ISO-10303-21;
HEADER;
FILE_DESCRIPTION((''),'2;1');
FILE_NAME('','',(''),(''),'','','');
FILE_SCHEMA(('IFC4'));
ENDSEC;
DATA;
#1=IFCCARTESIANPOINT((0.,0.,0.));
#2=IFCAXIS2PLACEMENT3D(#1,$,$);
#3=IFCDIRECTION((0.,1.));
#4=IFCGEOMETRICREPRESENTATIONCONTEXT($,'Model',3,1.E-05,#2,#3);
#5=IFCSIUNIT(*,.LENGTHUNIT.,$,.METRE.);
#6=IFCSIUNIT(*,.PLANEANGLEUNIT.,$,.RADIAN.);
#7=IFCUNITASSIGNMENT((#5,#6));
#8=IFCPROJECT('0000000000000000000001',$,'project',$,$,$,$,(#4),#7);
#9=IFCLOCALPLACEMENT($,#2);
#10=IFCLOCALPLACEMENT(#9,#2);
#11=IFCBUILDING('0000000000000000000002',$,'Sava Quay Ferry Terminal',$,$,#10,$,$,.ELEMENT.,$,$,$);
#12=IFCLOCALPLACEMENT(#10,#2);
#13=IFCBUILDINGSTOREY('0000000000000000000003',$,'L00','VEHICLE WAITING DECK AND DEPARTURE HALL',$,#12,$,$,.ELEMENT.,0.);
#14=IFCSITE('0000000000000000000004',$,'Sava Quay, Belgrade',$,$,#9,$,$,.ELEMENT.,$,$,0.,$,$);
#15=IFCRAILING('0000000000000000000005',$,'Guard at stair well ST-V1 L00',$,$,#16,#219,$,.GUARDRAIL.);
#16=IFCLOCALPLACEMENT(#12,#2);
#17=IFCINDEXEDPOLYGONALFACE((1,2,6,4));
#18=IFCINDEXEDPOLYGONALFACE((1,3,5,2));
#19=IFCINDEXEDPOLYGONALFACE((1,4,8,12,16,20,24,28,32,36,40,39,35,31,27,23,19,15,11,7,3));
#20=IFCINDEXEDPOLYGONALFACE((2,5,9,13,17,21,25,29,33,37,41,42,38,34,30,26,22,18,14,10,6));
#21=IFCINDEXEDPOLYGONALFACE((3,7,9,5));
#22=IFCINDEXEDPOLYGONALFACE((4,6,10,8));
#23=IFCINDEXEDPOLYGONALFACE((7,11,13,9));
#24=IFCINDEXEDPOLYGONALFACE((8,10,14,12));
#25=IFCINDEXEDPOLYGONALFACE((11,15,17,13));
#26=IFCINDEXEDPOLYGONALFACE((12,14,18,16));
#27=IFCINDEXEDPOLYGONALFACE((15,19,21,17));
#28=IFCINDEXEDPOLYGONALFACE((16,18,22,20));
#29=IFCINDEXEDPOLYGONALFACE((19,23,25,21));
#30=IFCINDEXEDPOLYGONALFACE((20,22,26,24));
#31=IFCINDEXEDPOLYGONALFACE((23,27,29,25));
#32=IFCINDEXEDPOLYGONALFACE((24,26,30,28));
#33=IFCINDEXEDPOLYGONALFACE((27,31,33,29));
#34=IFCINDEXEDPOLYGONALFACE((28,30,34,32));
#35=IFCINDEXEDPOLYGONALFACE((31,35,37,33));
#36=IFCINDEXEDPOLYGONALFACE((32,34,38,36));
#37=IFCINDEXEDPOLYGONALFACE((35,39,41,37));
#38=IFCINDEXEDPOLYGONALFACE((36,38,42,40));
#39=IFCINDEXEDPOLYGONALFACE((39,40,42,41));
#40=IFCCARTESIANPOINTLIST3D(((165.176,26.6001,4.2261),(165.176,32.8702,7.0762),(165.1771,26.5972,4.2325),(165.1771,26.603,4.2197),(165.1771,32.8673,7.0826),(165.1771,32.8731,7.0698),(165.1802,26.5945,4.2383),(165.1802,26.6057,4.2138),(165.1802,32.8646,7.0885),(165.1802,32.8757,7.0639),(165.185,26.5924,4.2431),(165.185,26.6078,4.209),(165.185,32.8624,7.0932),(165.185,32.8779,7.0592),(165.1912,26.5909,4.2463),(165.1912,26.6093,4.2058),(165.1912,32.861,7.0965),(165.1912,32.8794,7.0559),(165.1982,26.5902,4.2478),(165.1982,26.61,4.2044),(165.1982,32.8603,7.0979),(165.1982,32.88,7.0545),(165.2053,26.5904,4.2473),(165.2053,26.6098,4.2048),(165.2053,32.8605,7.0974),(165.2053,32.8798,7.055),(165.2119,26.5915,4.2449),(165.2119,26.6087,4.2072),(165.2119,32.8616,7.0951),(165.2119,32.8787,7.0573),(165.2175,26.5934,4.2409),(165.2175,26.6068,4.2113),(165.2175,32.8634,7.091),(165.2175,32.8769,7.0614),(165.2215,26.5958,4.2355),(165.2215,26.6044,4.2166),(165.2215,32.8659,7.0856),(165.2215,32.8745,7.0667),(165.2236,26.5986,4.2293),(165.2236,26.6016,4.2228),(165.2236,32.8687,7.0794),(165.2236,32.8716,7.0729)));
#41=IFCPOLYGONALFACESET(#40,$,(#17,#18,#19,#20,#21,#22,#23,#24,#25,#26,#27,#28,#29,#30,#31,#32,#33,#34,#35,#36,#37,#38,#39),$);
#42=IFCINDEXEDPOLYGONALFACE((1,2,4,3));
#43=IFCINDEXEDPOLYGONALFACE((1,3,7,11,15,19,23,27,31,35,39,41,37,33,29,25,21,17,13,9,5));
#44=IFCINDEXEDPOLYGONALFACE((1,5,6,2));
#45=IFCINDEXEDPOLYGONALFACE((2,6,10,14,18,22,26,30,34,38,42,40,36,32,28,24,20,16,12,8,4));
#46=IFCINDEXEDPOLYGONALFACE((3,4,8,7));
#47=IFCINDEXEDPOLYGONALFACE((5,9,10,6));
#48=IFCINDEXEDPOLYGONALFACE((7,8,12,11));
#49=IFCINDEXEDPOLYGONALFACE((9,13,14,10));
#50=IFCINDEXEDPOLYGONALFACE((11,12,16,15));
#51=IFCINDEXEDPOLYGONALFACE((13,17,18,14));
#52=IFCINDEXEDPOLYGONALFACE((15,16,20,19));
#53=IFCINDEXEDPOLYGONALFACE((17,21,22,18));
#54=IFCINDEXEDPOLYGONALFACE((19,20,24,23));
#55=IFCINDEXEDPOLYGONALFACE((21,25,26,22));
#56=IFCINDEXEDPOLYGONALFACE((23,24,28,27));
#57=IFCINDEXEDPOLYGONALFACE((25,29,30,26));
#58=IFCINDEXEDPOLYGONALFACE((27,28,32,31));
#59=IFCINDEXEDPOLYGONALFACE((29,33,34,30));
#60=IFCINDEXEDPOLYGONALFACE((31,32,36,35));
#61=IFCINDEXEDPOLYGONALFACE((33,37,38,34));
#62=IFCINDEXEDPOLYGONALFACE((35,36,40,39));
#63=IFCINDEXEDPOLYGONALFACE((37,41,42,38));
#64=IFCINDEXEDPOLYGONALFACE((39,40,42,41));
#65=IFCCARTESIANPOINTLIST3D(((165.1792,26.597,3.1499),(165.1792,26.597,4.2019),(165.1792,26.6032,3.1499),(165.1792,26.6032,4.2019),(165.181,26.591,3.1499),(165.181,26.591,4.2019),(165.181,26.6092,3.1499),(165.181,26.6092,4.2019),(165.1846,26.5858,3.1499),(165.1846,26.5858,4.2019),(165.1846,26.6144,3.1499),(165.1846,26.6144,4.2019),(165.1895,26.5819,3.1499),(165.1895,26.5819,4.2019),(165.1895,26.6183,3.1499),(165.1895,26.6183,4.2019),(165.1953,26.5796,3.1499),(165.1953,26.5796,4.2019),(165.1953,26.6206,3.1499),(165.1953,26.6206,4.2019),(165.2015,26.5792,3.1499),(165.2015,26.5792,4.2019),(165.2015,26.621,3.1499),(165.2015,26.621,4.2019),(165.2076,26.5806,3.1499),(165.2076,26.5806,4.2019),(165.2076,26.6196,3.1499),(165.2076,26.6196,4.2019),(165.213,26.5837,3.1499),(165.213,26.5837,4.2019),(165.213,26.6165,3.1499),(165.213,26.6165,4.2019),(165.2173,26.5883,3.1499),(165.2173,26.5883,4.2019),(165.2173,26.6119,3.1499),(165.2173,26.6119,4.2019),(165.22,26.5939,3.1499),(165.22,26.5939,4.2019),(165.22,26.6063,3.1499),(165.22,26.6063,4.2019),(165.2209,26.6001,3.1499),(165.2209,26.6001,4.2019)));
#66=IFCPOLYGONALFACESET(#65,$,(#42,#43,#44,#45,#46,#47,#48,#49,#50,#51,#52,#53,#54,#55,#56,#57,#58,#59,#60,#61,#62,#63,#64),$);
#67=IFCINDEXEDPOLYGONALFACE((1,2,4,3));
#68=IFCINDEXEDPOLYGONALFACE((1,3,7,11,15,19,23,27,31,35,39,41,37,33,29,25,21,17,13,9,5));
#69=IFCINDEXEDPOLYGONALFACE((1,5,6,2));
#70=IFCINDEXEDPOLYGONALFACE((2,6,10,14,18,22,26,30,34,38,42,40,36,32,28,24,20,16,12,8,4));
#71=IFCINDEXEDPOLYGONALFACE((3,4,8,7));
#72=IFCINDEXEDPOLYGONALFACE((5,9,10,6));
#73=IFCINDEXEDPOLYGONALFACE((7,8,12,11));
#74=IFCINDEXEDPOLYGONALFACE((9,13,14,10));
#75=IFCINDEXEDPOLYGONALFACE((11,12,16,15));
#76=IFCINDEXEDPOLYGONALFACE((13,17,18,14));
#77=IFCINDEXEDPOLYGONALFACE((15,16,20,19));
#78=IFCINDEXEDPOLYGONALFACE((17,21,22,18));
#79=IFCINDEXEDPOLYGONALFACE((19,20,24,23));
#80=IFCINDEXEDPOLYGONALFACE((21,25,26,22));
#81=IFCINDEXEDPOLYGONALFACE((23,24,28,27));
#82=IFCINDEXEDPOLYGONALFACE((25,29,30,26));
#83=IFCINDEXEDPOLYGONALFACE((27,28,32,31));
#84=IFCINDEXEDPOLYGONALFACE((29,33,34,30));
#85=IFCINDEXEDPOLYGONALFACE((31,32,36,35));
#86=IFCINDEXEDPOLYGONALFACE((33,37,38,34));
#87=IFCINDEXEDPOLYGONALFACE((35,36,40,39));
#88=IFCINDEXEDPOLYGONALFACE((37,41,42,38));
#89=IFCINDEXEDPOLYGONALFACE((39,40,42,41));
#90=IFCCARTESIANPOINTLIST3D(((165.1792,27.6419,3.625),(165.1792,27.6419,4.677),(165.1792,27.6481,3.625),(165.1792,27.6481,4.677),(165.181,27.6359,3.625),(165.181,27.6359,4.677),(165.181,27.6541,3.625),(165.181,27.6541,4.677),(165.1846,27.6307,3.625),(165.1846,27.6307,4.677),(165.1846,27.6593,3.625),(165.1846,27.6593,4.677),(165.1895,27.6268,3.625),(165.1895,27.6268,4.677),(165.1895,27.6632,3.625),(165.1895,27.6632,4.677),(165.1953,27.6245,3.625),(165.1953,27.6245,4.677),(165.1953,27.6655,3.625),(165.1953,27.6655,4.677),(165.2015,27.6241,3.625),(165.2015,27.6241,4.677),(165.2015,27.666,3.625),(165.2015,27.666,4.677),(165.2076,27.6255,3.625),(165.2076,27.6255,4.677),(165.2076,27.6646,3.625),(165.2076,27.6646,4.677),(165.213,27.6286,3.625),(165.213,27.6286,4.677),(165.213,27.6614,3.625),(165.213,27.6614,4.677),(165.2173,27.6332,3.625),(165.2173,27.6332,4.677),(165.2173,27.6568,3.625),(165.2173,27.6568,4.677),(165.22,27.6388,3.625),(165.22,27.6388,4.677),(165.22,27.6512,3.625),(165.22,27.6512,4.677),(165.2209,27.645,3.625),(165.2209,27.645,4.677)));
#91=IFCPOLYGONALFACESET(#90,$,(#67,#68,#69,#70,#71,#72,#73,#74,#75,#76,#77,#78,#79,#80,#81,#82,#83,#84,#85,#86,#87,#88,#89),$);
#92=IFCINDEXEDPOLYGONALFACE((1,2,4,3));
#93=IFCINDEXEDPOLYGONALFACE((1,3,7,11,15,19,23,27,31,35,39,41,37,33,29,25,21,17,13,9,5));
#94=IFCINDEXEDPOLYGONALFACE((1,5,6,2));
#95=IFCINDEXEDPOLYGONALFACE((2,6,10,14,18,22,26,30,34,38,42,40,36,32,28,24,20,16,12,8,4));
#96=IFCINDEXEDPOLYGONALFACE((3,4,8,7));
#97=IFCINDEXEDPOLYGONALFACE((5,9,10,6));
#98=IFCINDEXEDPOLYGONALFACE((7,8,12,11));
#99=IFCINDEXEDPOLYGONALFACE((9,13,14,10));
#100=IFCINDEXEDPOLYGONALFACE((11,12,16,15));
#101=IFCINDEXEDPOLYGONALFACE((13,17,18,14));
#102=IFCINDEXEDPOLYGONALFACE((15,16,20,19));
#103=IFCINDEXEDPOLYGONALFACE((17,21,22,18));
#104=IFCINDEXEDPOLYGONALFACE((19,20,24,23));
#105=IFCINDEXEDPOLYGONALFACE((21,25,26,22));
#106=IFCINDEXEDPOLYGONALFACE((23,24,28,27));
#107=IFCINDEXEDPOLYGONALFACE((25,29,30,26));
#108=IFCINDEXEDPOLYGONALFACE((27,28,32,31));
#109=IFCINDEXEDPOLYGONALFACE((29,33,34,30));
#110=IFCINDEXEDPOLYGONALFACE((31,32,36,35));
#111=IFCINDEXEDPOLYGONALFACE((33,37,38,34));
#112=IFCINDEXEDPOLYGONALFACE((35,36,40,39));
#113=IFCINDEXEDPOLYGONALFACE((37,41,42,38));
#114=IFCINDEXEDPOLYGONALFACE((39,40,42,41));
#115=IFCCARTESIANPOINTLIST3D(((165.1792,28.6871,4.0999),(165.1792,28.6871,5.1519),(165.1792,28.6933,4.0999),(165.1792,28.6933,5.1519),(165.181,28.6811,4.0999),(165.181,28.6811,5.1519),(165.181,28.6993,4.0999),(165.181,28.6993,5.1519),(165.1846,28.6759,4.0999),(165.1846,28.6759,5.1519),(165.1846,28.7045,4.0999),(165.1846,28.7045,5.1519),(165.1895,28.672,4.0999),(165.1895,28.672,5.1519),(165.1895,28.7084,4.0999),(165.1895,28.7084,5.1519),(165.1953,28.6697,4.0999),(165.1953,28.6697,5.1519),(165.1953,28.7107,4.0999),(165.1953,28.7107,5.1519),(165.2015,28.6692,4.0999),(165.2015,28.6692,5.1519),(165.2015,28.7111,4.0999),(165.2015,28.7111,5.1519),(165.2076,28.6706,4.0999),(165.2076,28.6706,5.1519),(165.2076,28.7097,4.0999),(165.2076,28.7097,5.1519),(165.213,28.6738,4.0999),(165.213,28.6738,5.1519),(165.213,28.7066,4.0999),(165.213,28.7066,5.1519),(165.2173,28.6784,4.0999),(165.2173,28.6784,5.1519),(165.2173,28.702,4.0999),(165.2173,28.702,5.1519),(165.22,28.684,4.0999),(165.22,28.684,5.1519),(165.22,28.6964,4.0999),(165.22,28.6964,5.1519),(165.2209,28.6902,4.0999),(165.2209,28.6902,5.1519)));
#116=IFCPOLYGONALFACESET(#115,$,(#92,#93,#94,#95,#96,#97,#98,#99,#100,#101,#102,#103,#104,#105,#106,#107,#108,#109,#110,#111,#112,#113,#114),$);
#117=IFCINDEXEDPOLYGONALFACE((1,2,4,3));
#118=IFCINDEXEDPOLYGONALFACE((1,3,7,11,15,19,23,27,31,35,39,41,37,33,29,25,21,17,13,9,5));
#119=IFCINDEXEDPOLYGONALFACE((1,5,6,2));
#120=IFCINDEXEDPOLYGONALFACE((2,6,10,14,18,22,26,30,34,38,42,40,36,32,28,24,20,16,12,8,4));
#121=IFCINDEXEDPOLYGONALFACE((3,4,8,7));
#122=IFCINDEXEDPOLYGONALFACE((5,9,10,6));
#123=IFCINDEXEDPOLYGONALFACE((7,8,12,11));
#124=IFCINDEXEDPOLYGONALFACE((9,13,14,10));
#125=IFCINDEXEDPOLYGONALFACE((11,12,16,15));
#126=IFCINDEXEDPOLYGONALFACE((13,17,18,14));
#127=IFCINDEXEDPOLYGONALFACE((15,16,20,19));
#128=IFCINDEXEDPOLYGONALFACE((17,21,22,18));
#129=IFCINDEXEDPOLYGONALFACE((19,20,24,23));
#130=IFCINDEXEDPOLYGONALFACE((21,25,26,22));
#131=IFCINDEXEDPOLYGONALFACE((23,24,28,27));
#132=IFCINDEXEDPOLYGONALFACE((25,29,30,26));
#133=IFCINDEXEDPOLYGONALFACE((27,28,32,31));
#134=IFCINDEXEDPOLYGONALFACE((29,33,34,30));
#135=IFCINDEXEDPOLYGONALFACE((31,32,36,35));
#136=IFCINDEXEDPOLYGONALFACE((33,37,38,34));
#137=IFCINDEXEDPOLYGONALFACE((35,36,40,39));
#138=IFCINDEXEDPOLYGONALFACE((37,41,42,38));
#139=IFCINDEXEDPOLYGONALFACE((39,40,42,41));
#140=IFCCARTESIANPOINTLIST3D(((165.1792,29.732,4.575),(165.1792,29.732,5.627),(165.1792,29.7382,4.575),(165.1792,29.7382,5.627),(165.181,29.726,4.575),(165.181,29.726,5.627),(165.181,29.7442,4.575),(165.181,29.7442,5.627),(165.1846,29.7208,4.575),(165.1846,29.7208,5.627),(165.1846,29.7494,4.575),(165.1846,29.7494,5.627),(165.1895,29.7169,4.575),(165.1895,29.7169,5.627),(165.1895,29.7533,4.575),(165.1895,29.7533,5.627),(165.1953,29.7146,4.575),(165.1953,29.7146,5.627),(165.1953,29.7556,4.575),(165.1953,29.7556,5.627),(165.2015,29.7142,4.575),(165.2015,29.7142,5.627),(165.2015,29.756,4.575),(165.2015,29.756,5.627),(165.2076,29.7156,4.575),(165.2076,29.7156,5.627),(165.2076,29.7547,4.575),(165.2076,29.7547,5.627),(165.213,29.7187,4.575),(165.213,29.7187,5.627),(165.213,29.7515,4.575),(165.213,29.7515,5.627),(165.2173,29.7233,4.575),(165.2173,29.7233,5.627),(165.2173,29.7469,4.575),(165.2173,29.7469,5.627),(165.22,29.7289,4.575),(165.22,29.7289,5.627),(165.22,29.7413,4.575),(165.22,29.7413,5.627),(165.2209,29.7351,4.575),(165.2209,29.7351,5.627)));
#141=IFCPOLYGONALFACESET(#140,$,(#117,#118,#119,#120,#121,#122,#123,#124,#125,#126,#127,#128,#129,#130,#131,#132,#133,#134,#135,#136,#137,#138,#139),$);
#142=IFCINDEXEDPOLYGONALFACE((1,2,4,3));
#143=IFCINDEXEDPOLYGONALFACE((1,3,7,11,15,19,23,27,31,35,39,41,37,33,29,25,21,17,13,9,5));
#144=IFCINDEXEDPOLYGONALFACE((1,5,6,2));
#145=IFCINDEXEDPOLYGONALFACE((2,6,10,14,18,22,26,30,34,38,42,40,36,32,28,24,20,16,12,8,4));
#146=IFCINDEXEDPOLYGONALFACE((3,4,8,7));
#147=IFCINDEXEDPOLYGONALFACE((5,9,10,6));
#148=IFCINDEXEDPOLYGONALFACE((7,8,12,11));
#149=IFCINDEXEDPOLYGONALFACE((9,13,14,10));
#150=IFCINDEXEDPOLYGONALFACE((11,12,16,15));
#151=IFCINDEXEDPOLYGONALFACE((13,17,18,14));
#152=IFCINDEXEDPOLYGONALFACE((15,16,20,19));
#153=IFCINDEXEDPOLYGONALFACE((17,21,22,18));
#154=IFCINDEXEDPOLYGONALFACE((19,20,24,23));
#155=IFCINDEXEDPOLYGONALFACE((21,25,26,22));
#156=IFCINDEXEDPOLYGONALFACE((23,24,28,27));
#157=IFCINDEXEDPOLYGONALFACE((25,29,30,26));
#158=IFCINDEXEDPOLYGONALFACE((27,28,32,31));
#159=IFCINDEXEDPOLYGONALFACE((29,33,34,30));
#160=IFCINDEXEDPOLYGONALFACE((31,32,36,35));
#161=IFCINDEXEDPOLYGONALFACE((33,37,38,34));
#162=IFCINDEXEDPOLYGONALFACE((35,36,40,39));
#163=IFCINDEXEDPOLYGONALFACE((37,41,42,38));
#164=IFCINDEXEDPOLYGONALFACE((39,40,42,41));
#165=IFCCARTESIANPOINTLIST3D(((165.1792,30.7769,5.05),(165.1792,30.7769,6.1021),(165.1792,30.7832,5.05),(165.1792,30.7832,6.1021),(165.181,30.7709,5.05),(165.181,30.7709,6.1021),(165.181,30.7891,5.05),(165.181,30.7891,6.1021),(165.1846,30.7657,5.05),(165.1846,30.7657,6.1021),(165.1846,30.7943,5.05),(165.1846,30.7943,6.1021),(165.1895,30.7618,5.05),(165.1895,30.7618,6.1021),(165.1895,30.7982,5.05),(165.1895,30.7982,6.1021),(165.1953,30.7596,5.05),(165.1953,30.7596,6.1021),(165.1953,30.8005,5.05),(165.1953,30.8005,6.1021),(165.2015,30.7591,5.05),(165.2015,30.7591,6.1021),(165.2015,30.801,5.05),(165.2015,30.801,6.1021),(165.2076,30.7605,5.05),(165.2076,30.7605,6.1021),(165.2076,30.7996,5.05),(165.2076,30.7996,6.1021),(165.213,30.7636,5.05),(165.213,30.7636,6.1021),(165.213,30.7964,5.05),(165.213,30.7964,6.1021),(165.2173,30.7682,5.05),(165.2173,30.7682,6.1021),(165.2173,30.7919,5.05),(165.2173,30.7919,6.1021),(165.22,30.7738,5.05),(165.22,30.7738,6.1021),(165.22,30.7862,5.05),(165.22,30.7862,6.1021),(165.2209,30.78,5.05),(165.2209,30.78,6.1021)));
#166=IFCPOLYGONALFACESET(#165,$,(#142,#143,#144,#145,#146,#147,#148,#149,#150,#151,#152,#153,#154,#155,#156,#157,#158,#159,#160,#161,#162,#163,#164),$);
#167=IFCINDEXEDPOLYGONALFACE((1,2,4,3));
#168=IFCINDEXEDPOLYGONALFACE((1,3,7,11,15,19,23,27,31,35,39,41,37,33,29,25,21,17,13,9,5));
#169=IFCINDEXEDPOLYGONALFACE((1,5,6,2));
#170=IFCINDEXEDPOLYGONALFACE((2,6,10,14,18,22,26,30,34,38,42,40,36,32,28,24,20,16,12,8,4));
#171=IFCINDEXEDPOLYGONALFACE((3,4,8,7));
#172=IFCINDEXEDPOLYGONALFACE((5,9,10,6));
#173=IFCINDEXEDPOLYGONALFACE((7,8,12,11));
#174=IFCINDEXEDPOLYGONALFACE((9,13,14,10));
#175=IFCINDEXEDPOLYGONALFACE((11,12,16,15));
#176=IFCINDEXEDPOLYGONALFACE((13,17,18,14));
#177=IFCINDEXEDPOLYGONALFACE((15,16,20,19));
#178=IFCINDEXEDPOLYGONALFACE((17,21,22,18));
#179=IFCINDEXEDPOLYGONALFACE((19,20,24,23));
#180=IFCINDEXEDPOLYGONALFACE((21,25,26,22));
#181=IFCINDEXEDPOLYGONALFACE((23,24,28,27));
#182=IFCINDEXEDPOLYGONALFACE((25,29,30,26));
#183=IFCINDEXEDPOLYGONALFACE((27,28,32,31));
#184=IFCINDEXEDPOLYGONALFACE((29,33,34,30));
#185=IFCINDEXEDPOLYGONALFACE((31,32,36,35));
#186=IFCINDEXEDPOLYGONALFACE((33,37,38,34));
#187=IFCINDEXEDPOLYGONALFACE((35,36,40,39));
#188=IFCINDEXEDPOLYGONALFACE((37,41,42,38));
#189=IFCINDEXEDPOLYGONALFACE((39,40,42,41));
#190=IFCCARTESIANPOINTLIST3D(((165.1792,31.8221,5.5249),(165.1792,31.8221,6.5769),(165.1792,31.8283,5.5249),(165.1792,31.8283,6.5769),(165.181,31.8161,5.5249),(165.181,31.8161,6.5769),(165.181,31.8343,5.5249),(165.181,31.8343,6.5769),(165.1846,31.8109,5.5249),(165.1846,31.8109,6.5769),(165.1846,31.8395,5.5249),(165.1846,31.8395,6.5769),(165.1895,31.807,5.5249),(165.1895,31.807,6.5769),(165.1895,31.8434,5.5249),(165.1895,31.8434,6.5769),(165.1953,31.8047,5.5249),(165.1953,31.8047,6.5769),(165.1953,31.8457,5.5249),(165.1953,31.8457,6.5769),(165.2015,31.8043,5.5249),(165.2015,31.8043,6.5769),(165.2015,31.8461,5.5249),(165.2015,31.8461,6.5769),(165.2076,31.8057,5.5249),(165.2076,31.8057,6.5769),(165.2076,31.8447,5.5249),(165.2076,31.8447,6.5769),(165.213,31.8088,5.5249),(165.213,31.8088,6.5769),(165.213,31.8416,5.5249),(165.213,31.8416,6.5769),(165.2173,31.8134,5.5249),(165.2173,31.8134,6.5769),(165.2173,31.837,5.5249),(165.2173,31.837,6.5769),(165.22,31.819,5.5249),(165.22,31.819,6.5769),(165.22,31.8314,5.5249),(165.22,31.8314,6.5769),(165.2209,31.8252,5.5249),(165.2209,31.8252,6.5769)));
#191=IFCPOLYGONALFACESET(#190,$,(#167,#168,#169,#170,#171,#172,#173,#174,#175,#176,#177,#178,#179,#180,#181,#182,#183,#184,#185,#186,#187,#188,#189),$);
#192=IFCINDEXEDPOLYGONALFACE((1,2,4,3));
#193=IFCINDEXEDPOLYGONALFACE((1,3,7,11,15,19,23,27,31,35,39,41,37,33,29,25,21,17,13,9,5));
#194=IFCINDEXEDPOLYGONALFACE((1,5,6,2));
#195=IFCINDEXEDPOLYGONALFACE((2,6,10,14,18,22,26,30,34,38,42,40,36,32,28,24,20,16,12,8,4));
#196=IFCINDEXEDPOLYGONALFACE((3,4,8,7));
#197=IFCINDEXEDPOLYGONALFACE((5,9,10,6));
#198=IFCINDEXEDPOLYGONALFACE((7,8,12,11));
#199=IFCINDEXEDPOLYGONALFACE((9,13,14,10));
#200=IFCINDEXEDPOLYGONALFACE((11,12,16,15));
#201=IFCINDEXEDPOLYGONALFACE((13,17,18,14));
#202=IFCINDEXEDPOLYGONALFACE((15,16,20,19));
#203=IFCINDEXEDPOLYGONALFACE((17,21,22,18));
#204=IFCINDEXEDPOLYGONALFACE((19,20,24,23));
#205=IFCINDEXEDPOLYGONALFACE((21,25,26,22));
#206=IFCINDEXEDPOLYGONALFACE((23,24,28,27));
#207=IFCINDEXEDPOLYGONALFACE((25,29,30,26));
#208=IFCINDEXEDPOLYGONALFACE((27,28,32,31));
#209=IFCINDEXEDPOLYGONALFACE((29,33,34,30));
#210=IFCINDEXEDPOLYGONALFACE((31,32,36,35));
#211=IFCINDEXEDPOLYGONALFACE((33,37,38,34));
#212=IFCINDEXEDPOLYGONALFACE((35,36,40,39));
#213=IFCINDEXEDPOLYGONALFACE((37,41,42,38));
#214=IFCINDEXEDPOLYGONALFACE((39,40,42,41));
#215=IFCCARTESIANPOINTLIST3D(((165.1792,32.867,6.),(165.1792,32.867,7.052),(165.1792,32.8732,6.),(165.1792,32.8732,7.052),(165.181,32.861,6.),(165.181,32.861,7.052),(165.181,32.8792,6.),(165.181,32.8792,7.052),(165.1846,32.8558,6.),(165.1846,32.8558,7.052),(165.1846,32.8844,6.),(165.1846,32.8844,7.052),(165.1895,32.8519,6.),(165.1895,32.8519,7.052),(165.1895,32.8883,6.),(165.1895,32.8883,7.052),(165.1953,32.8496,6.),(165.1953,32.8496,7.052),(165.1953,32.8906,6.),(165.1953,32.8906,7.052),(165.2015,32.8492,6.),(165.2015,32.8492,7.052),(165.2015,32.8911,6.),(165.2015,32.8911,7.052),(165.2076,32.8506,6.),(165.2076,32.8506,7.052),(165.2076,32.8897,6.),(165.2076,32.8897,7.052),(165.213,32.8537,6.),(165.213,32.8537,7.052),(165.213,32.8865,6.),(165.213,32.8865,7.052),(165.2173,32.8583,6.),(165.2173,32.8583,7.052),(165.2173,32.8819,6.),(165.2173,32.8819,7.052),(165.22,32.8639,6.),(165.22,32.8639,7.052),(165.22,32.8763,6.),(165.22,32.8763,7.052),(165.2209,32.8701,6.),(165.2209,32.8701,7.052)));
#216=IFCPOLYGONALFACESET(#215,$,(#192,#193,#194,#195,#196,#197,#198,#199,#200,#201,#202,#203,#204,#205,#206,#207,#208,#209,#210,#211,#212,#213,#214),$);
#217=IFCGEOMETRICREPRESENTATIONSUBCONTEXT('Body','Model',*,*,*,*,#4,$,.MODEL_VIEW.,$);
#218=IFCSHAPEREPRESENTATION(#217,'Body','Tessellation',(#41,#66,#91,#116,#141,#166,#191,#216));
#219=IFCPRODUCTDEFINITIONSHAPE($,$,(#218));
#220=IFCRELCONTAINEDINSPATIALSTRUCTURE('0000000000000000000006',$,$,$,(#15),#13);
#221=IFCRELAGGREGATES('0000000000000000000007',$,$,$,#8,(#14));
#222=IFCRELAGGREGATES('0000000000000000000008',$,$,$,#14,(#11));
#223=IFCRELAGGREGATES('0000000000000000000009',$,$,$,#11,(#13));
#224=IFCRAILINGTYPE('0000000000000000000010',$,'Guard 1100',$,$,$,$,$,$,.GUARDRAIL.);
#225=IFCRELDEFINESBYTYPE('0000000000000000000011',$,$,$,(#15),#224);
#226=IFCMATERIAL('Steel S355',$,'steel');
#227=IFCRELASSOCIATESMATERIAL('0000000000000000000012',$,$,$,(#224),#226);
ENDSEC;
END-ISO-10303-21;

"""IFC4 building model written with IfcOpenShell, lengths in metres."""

from ifc_helpers import new_model, si_unit, direction, frame, origin, origin_2d, place, context, subcontext, project, spatial, circle, extrude, material, type_object, element, save


model = new_model("IFC4")

# Units and contexts
model_context = context("Model", 3, precision=1e-05, world=origin(), true_north=direction((0.0, 1.0)))
body_context = subcontext(model_context, "Body", "Model", "MODEL_VIEW")
ifc_project = project(units=[si_unit("LENGTHUNIT", "METRE"), si_unit("PLANEANGLEUNIT", "RADIAN")], contexts=[model_context])

# Site, building, storey
site_placement = place(None, origin())
site = spatial("IfcSite", under=ifc_project, at=site_placement, Name="Sava Quay, Belgrade", CompositionType="ELEMENT", RefElevation=0.0)
building_placement = place(site_placement, origin())
building = spatial("IfcBuilding", under=site, at=building_placement, Name="Sava Quay Ferry Terminal", CompositionType="ELEMENT")
storey_placement = place(building_placement, origin())
storey = spatial("IfcBuildingStorey", under=building, at=storey_placement, Name="L00", Description="VEHICLE WAITING DECK AND DEPARTURE HALL", CompositionType="ELEMENT", Elevation=0.0)

# Railing
ifc_material_1 = material(Name="Steel S355", Category="steel")
railing_type_1 = type_object("IfcRailingType", Name="Guard 1100", PredefinedType="GUARDRAIL", material=ifc_material_1)
railing_1_placement = place(storey_placement, frame((165.2, 26.6001, 3.1499)))
element("IfcRailing", 1, at=railing_1_placement, inside=storey, type_object=railing_type_1, Name="Guard at stair well ST-V1 L00", PredefinedType="GUARDRAIL", context=body_context, shape_type="SweptSolid", body=[
    extrude(circle(Radius=0.0239, at=origin_2d()), frame((0.0, 0.0, 1.0762), z_axis=(0.0, 0.910362, 0.413814), x_axis=(-1.0, 0.0, 0.0)), (0.0, 0.0, 1.0), 6.8875),
    extrude(circle(Radius=0.021, at=origin_2d()), origin(), (0.0, 0.0, 1.0), 1.052),
    extrude(circle(Radius=0.021, at=origin_2d()), frame((0.0, 1.0449, 0.4751)), (0.0, 0.0, 1.0), 1.052),
    extrude(circle(Radius=0.021, at=origin_2d()), frame((0.0, 2.0901, 0.95)), (0.0, 0.0, 1.0), 1.052),
    extrude(circle(Radius=0.021, at=origin_2d()), frame((0.0, 3.135, 1.425)), (0.0, 0.0, 1.0), 1.052),
    extrude(circle(Radius=0.021, at=origin_2d()), frame((0.0, 4.1799, 1.9001)), (0.0, 0.0, 1.0), 1.052),
    extrude(circle(Radius=0.021, at=origin_2d()), frame((0.0, 5.2251, 2.375)), (0.0, 0.0, 1.0), 1.052),
    extrude(circle(Radius=0.021, at=origin_2d()), frame((0.0, 6.27, 2.8501)), (0.0, 0.0, 1.0), 1.052),
])

save(model, "model.ifc")
